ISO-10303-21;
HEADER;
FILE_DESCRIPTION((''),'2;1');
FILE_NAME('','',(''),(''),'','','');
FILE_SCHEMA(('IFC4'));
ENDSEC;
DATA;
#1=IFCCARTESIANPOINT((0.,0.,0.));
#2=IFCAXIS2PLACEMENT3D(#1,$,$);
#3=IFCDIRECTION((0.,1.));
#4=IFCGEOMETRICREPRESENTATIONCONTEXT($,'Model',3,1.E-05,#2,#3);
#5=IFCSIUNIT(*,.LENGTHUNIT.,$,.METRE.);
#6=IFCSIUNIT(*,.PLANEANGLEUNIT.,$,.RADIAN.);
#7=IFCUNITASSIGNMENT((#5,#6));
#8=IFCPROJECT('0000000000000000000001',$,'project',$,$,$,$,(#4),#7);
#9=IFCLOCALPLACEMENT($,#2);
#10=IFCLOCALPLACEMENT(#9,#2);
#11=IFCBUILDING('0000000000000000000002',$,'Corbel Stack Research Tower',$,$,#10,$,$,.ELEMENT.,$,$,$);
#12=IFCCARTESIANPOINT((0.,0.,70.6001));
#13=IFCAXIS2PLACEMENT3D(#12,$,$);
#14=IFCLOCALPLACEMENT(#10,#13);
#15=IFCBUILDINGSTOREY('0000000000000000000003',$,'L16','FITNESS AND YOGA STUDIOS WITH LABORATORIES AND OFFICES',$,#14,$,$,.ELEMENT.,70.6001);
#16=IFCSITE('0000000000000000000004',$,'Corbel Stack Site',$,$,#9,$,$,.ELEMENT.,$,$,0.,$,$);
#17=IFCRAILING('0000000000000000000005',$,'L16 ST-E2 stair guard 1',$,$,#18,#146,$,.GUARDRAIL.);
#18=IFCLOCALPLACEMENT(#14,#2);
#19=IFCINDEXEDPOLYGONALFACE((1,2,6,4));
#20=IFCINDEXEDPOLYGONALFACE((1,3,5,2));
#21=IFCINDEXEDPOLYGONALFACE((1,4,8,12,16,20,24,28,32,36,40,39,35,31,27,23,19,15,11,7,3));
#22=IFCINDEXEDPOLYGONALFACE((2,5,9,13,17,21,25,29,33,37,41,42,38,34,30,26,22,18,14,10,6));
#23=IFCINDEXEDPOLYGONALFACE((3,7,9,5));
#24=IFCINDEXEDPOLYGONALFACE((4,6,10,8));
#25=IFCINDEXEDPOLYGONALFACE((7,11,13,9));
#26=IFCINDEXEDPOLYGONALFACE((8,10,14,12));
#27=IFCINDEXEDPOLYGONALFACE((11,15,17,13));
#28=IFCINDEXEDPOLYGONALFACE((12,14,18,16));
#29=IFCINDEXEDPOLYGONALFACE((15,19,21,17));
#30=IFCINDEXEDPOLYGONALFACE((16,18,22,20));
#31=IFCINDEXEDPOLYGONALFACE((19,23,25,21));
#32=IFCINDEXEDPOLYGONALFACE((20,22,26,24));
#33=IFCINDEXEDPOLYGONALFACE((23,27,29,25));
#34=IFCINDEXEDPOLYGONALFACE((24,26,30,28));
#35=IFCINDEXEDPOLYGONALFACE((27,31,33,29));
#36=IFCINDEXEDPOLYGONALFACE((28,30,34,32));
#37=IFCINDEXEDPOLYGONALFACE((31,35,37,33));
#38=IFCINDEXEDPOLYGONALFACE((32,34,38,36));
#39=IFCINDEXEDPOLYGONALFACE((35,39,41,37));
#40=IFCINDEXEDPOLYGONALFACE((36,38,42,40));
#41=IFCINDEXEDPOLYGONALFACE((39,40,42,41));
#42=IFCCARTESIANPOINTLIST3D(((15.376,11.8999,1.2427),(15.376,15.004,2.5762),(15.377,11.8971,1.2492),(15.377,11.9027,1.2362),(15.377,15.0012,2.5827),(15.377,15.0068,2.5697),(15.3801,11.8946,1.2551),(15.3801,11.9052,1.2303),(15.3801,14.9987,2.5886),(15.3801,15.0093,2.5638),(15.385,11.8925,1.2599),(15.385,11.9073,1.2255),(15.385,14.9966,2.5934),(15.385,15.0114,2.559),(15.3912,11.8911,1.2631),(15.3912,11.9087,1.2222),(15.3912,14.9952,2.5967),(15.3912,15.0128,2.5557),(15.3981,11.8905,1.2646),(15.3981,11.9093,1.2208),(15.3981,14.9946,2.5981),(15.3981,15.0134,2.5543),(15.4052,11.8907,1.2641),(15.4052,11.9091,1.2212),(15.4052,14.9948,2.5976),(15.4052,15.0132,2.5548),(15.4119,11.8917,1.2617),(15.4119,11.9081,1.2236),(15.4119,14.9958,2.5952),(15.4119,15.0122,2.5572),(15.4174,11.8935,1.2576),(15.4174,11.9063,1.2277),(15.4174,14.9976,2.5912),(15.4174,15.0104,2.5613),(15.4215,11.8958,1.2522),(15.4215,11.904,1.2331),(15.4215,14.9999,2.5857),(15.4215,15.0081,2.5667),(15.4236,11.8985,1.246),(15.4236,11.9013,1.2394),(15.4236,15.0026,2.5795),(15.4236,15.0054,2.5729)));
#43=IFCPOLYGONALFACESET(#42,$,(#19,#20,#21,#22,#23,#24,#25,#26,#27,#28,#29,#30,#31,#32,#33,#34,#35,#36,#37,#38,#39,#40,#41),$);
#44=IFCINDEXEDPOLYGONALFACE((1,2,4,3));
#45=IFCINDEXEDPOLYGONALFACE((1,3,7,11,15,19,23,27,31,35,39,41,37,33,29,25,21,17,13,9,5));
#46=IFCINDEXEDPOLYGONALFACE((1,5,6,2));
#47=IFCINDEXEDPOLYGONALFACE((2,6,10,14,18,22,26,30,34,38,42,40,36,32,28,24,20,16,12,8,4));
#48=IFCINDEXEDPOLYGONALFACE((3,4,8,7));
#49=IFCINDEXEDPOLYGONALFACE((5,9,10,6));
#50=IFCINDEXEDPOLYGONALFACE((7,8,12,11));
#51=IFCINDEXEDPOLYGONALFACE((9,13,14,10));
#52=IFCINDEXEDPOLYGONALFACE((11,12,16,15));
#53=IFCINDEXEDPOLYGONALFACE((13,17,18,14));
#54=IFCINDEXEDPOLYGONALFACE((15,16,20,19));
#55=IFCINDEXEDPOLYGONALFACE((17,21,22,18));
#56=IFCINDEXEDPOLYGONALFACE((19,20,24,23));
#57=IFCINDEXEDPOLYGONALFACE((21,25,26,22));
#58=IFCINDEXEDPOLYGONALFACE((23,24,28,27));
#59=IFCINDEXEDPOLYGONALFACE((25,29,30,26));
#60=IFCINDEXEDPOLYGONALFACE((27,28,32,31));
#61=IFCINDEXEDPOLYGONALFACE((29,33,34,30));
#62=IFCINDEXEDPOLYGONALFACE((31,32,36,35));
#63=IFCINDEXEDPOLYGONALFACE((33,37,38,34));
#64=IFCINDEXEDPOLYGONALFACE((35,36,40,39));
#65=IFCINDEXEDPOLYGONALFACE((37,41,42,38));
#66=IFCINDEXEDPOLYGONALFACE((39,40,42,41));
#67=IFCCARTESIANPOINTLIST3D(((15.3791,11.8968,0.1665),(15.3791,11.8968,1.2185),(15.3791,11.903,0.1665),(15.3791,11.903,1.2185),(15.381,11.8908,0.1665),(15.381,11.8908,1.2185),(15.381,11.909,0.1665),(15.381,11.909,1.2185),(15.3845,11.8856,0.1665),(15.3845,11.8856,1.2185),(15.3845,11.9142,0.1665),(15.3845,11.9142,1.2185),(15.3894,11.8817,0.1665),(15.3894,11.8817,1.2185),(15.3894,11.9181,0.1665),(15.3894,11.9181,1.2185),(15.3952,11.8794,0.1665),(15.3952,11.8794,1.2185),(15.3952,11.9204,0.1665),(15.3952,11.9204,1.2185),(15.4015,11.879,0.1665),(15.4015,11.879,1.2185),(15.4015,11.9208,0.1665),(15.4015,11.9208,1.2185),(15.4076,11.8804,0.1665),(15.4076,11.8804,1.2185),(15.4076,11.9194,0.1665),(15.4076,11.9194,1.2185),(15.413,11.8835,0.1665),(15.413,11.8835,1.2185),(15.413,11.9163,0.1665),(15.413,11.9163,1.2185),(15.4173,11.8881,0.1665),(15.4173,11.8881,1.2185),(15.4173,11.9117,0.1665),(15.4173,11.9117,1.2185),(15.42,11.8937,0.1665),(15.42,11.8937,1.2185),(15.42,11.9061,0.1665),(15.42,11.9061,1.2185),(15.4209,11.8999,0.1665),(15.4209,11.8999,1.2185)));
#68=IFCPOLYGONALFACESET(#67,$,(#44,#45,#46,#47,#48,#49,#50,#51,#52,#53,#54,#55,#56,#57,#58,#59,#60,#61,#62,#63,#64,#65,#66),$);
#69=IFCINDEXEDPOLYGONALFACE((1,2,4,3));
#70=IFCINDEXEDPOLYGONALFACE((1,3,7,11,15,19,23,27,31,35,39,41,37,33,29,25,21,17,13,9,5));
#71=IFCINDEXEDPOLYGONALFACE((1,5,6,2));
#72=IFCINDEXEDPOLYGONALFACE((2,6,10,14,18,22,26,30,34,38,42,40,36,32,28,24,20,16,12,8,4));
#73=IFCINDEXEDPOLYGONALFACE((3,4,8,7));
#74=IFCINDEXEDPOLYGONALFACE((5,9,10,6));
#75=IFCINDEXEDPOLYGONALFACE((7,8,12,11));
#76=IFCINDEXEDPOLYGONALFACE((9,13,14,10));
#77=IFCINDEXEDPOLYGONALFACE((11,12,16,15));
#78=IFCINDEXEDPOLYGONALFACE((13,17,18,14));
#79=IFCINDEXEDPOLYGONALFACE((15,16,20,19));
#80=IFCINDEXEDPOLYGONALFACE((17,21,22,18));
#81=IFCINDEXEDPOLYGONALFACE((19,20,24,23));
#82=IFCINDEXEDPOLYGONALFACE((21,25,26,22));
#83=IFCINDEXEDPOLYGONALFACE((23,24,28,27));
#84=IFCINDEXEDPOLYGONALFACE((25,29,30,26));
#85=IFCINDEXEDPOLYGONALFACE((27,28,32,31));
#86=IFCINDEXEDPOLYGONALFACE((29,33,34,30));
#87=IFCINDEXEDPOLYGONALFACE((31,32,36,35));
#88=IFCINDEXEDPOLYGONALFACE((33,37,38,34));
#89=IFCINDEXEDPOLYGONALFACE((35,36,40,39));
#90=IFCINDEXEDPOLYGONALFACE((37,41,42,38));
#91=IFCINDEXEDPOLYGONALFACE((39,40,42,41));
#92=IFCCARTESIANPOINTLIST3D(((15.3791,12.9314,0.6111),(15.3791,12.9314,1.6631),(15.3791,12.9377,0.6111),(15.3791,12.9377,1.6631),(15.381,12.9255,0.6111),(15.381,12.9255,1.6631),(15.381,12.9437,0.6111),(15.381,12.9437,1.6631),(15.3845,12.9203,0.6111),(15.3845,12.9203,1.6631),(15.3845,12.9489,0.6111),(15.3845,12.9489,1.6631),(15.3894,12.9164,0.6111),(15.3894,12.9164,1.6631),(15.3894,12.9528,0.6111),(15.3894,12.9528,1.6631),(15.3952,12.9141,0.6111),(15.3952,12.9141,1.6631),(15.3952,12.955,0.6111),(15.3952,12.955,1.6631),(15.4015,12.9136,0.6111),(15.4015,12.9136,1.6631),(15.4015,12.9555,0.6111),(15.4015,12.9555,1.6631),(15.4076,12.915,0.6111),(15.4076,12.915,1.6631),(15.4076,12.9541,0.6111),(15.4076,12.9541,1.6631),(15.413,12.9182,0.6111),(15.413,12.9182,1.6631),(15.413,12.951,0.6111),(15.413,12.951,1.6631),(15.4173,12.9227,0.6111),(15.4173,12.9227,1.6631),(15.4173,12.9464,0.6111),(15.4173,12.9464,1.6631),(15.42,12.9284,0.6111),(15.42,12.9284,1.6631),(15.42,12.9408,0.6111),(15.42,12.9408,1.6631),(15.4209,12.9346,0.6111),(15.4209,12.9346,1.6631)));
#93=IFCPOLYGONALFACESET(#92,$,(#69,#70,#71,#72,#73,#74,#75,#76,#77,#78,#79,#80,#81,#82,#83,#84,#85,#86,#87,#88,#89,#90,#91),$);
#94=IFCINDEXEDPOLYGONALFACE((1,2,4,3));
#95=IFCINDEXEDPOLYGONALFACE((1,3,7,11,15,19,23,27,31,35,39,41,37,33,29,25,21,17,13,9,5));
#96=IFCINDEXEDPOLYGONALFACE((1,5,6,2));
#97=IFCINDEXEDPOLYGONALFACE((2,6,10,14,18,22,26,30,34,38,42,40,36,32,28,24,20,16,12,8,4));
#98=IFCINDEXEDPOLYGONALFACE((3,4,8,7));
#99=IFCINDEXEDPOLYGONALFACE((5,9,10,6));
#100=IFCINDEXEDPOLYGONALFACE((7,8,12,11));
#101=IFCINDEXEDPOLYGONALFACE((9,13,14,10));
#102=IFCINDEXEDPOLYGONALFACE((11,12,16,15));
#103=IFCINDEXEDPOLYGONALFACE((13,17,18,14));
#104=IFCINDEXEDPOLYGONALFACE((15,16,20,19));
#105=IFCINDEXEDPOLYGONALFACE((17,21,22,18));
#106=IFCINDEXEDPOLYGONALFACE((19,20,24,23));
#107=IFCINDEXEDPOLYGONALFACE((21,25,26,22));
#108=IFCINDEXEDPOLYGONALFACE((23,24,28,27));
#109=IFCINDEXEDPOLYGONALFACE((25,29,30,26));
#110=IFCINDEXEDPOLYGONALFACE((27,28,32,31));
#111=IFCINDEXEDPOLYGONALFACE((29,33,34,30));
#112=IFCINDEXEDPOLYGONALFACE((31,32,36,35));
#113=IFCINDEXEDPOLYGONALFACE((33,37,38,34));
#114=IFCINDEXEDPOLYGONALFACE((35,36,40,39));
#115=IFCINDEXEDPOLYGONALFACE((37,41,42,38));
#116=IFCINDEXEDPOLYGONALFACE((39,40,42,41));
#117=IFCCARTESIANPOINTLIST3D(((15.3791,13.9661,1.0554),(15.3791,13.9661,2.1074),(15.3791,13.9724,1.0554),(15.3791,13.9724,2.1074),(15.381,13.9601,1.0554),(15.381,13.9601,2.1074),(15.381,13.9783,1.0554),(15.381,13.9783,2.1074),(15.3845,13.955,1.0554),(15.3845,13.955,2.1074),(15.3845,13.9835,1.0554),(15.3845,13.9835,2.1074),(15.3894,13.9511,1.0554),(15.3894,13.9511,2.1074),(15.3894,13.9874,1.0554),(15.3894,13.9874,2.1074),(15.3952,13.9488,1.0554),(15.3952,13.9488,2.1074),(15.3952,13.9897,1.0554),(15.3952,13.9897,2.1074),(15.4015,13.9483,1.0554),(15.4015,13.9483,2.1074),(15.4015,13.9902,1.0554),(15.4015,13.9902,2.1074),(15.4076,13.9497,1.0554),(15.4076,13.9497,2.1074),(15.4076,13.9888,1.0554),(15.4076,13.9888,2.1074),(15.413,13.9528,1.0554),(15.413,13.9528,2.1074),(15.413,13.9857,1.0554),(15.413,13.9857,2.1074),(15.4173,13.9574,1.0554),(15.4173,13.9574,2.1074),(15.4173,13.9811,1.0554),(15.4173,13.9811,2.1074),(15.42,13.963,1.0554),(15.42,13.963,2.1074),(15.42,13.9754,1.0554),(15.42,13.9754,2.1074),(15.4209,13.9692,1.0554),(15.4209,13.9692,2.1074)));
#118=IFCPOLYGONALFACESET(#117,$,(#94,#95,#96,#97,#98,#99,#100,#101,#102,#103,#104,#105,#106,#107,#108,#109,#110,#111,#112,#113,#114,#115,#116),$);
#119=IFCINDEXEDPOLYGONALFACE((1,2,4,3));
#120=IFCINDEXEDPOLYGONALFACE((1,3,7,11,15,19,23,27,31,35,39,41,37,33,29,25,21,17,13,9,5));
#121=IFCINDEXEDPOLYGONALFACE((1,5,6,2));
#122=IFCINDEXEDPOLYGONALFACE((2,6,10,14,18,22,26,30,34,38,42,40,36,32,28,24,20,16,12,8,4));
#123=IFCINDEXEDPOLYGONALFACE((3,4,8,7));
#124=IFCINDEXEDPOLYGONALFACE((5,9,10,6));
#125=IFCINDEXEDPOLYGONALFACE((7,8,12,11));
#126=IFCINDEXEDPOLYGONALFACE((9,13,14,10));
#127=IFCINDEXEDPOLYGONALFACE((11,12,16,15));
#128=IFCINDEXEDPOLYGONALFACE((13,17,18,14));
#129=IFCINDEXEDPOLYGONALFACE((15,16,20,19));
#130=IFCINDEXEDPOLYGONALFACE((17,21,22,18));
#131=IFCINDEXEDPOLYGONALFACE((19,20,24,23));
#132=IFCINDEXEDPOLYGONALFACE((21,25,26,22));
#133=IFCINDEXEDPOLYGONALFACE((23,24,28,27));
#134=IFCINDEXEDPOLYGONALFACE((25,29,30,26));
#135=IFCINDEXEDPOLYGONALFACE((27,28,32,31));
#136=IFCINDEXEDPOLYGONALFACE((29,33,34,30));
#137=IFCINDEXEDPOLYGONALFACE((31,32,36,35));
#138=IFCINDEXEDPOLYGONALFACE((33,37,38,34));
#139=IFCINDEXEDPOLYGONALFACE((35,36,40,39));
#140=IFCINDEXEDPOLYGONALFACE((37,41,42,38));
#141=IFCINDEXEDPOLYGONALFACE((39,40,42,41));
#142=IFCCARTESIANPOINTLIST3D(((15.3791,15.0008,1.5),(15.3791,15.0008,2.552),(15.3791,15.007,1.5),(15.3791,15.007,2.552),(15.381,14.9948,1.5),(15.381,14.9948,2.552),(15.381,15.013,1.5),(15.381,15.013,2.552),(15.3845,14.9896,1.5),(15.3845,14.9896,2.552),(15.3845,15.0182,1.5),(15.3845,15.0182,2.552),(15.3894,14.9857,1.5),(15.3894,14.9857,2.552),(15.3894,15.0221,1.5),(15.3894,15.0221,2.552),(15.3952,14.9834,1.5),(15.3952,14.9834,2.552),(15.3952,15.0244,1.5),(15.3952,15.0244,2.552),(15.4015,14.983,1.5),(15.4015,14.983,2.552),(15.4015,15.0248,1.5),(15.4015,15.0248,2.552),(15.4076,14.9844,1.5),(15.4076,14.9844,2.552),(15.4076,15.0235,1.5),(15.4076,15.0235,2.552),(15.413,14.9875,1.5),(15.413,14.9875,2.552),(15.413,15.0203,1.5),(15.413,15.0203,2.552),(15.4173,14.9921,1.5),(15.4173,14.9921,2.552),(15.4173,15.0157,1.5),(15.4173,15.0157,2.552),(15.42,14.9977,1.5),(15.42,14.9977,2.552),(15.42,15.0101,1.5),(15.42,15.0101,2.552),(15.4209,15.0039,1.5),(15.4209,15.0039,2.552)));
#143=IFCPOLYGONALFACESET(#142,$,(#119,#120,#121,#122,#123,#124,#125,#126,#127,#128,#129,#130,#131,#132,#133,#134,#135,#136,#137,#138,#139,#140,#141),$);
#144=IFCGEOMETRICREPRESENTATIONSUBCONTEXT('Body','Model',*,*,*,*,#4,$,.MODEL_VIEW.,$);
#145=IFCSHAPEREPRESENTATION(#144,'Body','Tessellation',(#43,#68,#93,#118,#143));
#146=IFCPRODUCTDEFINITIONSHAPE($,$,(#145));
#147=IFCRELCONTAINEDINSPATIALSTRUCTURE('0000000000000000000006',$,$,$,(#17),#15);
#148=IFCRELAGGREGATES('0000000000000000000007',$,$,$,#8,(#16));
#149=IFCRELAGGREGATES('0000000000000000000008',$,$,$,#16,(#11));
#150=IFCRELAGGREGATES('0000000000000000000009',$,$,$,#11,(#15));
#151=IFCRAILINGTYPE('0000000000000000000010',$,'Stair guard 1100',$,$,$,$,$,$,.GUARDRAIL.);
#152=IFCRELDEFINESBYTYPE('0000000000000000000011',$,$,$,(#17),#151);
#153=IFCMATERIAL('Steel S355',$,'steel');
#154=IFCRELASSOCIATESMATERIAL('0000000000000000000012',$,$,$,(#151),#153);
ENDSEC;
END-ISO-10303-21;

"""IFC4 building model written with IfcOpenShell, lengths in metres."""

from ifc_helpers import new_model, si_unit, direction, frame, origin, origin_2d, place, context, subcontext, project, spatial, circle, extrude, material, type_object, element, save


model = new_model("IFC4")

# Units and contexts
model_context = context("Model", 3, precision=1e-05, world=origin(), true_north=direction((0.0, 1.0)))
body_context = subcontext(model_context, "Body", "Model", "MODEL_VIEW")
ifc_project = project(units=[si_unit("LENGTHUNIT", "METRE"), si_unit("PLANEANGLEUNIT", "RADIAN")], contexts=[model_context])

# Site, building, storey
site_placement = place(None, origin())
site = spatial("IfcSite", under=ifc_project, at=site_placement, Name="Corbel Stack Site", CompositionType="ELEMENT", RefElevation=0.0)
building_placement = place(site_placement, origin())
building = spatial("IfcBuilding", under=site, at=building_placement, Name="Corbel Stack Research Tower", CompositionType="ELEMENT")
storey_placement = place(building_placement, frame((0.0, 0.0, 70.6001)))
storey = spatial("IfcBuildingStorey", under=building, at=storey_placement, Name="L16", Description="FITNESS AND YOGA STUDIOS WITH LABORATORIES AND OFFICES", CompositionType="ELEMENT", Elevation=70.6001)

# Railing
ifc_material_1 = material(Name="Steel S355", Category="steel")
railing_type_1 = type_object("IfcRailingType", Name="Stair guard 1100", PredefinedType="GUARDRAIL", material=ifc_material_1)
railing_1_placement = place(storey_placement, frame((15.3999, 11.8999, 0.1665)))
element("IfcRailing", 1, at=railing_1_placement, inside=storey, type_object=railing_type_1, Name="L16 ST-E2 stair guard 1", PredefinedType="GUARDRAIL", context=body_context, shape_type="SweptSolid", body=[
    extrude(circle(Radius=0.0239, at=origin_2d()), frame((0.0, 0.0, 1.0762), z_axis=(0.0, 0.918801, 0.394722), x_axis=(-1.0, 0.0, 0.0)), (0.0, 0.0, 1.0), 3.3784),
    extrude(circle(Radius=0.021, at=origin_2d()), origin(), (0.0, 0.0, 1.0), 1.052),
    extrude(circle(Radius=0.021, at=origin_2d()), frame((0.0, 1.0347, 0.4446)), (0.0, 0.0, 1.0), 1.052),
    extrude(circle(Radius=0.021, at=origin_2d()), frame((0.0, 2.0693, 0.8889)), (0.0, 0.0, 1.0), 1.052),
    extrude(circle(Radius=0.021, at=origin_2d()), frame((0.0, 3.104, 1.3335)), (0.0, 0.0, 1.0), 1.052),
])

save(model, "model.ifc")
